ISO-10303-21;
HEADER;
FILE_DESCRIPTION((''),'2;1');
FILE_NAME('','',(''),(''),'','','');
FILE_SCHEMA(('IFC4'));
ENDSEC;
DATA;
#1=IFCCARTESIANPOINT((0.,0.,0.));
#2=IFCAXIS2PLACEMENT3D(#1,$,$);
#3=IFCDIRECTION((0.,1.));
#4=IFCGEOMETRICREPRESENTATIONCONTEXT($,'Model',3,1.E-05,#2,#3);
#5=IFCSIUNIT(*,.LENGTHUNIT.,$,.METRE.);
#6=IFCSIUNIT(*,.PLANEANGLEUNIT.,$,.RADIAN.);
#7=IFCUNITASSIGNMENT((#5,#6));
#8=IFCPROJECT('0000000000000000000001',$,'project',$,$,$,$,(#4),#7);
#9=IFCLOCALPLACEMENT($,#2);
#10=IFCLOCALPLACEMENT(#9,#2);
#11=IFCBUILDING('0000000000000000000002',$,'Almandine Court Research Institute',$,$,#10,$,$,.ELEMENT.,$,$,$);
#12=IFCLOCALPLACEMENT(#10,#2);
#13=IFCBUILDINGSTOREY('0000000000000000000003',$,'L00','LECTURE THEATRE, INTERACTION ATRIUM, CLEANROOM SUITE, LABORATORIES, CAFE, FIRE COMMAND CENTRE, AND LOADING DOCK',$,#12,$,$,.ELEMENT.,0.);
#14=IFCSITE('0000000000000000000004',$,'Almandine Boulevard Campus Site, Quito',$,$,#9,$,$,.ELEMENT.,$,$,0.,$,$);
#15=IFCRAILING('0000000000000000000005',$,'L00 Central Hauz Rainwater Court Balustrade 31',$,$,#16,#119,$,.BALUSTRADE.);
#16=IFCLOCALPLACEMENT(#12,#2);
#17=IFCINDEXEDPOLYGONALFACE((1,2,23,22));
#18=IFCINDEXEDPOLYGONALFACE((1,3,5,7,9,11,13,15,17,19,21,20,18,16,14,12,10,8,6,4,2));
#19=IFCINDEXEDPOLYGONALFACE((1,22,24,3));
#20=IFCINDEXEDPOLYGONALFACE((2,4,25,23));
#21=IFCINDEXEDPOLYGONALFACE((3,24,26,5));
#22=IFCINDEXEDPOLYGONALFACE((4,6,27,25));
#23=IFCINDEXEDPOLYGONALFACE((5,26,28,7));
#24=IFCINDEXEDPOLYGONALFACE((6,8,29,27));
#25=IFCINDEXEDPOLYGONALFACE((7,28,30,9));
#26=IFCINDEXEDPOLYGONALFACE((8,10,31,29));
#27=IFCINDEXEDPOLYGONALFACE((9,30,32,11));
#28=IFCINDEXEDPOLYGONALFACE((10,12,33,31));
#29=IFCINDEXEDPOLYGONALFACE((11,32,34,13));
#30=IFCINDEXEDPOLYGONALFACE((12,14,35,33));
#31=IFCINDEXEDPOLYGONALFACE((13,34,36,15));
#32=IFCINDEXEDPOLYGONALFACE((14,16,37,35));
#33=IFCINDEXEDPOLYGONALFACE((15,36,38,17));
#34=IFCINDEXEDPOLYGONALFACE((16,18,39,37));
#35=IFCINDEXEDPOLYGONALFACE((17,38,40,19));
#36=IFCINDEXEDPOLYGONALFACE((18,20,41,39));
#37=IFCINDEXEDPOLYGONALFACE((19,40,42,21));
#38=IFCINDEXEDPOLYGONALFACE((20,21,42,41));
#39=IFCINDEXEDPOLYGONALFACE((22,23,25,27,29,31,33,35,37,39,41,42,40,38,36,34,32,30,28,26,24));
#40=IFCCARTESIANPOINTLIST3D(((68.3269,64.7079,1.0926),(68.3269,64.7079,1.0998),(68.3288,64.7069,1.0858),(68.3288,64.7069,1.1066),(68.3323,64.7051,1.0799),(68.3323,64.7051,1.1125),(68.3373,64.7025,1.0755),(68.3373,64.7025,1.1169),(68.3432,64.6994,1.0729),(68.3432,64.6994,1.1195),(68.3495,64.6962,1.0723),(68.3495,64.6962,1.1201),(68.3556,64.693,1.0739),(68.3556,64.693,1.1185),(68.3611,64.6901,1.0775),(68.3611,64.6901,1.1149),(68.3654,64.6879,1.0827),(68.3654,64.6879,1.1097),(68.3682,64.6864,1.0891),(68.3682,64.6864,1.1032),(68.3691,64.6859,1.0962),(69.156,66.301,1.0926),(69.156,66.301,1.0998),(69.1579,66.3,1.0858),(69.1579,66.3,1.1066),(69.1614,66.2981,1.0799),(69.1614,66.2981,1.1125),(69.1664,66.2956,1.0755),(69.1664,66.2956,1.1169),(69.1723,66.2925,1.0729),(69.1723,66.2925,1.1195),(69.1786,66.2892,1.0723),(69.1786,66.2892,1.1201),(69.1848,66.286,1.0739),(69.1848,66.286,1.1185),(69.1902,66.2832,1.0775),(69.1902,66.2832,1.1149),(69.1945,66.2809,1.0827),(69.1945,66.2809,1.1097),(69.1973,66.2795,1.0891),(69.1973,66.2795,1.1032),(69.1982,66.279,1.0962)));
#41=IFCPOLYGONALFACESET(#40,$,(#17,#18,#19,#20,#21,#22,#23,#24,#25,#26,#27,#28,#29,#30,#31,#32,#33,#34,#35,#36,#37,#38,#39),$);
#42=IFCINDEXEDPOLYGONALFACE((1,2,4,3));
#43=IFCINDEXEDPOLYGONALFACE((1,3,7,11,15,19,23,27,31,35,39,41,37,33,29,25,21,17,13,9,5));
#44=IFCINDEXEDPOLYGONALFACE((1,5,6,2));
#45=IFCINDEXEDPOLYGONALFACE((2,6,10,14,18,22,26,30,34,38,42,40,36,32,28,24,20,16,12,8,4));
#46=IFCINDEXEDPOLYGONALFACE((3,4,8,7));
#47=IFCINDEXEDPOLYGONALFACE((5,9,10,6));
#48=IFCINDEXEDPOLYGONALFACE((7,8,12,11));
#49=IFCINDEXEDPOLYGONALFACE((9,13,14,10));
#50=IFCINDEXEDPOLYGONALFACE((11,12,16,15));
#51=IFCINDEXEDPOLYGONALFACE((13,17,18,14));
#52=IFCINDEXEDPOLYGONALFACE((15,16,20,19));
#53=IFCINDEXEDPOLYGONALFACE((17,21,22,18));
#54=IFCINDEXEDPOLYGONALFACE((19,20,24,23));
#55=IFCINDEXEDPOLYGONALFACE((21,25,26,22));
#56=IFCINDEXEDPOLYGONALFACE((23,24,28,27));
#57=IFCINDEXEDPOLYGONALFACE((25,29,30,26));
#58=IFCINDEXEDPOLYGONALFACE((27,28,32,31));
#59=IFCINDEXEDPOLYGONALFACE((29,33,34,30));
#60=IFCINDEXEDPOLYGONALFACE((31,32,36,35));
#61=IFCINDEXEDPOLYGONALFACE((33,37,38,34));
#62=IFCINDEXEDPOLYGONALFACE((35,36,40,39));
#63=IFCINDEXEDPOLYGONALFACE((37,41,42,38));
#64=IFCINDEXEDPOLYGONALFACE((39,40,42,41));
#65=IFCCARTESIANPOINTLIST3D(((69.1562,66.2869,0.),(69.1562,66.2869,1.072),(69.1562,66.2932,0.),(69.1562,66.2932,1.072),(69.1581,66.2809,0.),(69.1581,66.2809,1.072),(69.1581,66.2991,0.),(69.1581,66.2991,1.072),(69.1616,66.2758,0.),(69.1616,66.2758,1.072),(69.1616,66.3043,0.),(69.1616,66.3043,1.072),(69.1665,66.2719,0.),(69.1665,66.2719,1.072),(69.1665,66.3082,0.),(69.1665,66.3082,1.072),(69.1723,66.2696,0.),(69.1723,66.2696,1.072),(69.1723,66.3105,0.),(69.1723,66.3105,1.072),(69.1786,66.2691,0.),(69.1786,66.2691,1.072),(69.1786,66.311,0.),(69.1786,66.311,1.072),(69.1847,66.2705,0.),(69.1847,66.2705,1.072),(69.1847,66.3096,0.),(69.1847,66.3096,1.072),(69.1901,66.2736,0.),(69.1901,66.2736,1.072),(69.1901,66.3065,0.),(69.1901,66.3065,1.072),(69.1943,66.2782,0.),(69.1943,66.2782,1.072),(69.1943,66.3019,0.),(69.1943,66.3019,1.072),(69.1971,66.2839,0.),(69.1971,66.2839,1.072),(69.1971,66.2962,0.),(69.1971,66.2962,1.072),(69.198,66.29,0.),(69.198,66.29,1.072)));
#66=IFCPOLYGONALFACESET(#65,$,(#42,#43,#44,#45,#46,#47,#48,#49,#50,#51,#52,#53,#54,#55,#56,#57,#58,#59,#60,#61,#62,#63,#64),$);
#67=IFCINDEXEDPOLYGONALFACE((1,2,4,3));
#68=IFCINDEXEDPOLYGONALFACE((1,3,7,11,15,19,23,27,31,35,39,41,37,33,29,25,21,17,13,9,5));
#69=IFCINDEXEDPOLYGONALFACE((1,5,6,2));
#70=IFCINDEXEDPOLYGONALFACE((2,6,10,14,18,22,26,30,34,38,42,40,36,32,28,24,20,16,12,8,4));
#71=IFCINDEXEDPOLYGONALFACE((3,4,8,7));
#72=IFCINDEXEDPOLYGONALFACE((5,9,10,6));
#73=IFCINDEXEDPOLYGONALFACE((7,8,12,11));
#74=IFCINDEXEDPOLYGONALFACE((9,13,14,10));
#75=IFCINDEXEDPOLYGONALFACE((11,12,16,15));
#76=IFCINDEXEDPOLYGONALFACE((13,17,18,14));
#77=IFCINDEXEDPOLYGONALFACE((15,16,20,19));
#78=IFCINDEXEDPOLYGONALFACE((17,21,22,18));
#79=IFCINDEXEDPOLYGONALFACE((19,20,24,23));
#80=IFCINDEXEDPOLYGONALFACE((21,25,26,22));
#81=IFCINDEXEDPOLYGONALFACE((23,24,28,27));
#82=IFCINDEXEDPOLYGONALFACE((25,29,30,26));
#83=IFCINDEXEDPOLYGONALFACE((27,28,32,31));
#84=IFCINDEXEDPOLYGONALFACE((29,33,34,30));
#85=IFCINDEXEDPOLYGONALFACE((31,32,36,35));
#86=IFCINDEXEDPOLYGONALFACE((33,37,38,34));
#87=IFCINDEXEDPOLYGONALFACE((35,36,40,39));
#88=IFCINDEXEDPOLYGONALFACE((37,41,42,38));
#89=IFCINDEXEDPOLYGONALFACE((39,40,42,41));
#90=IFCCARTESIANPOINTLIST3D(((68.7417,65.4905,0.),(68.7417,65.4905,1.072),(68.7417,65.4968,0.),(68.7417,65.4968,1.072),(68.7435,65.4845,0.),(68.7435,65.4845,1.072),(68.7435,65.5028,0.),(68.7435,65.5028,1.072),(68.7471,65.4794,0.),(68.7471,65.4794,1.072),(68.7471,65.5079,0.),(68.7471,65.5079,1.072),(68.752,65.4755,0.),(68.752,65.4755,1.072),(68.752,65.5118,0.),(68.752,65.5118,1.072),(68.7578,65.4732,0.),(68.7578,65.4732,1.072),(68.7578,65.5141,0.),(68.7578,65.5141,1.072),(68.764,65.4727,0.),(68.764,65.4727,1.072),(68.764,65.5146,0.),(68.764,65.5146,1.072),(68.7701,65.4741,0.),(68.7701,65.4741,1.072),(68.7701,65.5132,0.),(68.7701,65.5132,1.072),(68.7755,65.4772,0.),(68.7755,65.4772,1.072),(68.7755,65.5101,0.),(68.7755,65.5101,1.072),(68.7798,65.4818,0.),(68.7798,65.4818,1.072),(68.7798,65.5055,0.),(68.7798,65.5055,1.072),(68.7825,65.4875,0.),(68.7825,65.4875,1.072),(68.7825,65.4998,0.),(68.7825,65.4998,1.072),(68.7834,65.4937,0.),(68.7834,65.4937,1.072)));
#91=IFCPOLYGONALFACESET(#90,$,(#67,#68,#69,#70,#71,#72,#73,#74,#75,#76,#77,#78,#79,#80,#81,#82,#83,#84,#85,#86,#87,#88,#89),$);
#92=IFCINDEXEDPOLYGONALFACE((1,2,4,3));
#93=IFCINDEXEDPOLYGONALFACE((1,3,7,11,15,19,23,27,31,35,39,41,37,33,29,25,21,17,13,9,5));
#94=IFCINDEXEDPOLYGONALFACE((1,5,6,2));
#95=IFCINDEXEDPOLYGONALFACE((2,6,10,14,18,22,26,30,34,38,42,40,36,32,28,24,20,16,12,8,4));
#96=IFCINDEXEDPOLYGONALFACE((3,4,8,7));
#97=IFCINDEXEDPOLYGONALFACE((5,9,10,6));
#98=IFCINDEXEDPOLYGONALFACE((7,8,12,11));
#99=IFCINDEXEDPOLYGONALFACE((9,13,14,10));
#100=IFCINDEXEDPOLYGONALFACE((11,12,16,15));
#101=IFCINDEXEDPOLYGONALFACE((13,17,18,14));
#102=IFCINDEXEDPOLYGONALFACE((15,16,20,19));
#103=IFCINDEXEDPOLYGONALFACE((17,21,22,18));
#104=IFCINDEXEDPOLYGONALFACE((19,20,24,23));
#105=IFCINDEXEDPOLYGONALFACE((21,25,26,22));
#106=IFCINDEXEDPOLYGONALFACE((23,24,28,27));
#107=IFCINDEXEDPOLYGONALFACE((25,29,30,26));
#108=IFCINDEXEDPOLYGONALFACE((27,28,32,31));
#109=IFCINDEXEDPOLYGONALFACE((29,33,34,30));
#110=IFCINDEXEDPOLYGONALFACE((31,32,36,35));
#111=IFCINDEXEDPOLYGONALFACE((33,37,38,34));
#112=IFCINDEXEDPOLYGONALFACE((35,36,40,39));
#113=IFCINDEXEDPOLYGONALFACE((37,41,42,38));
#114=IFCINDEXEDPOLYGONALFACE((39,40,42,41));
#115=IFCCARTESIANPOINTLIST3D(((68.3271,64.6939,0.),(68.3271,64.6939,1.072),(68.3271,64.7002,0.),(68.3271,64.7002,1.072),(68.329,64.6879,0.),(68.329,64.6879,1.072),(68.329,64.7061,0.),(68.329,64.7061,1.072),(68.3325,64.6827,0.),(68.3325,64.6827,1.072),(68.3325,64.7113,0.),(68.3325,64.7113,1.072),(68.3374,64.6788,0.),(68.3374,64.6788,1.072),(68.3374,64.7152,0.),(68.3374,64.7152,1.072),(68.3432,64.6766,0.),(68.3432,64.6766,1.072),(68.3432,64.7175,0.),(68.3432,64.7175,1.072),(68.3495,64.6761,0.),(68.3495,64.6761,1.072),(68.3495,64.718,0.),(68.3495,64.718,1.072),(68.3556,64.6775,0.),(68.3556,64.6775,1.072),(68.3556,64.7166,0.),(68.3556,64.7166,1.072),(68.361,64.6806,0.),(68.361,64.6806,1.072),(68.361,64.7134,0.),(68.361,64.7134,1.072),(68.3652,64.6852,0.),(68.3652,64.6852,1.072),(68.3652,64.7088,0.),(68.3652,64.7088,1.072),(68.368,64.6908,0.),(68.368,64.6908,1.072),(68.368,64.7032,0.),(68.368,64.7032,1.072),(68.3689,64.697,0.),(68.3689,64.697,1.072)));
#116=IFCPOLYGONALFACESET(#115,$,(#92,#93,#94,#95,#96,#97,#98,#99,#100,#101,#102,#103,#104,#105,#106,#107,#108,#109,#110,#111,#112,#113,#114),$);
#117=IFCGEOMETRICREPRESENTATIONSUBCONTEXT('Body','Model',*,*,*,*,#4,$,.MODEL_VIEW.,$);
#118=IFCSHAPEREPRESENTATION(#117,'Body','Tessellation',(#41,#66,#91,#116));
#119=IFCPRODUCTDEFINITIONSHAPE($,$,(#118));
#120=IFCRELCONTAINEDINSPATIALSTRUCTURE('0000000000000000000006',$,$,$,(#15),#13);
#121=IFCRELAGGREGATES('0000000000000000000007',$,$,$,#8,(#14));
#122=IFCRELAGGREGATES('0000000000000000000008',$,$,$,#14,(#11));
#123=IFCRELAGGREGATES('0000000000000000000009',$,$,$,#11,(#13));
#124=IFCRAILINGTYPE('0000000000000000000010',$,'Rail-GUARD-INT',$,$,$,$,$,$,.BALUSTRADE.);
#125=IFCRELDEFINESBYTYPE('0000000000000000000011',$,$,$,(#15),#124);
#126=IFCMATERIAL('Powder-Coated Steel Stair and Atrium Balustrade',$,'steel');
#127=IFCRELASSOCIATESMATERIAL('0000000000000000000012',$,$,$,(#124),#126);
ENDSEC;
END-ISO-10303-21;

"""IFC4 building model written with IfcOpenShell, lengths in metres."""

from ifc_helpers import new_model, si_unit, direction, frame, origin, origin_2d, place, context, subcontext, project, spatial, circle, extrude, material, type_object, element, save


model = new_model("IFC4")

# Units and contexts
model_context = context("Model", 3, precision=1e-05, world=origin(), true_north=direction((0.0, 1.0)))
body_context = subcontext(model_context, "Body", "Model", "MODEL_VIEW")
ifc_project = project(units=[si_unit("LENGTHUNIT", "METRE"), si_unit("PLANEANGLEUNIT", "RADIAN")], contexts=[model_context])

# Site, building, storey
site_placement = place(None, origin())
site = spatial("IfcSite", under=ifc_project, at=site_placement, Name="Almandine Boulevard Campus Site, Quito", CompositionType="ELEMENT", RefElevation=0.0)
building_placement = place(site_placement, origin())
building = spatial("IfcBuilding", under=site, at=building_placement, Name="Almandine Court Research Institute", CompositionType="ELEMENT")
storey_placement = place(building_placement, origin())
storey = spatial("IfcBuildingStorey", under=building, at=storey_placement, Name="L00", Description="LECTURE THEATRE, INTERACTION ATRIUM, CLEANROOM SUITE, LABORATORIES, CAFE, FIRE COMMAND CENTRE, AND LOADING DOCK", CompositionType="ELEMENT", Elevation=0.0)

# Railing
ifc_material_1 = material(Name="Powder-Coated Steel Stair and Atrium Balustrade", Category="steel")
railing_type = type_object("IfcRailingType", Name="Rail-GUARD-INT", PredefinedType="BALUSTRADE", material=ifc_material_1)
railing_1_placement = place(storey_placement, frame((69.177, 66.29, 0.0)))
element("IfcRailing", 1, at=railing_1_placement, inside=storey, type_object=railing_type, Name="L00 Central Hauz Rainwater Court Balustrade 31", PredefinedType="BALUSTRADE", context=body_context, shape_type="SweptSolid", body=[
    extrude(circle(Radius=0.0239, at=origin_2d()), frame((0.0, 0.0, 1.0962), z_axis=(-0.461674, -0.88705, 0.0), x_axis=(0.88705, -0.461674, 0.0)), (0.0, 0.0, 1.0), 1.7959),
    extrude(circle(Radius=0.021, at=origin_2d()), origin(), (0.0, 0.0, 1.0), 1.072),
    extrude(circle(Radius=0.021, at=origin_2d()), frame((-0.4146, -0.7964, 0.0)), (0.0, 0.0, 1.0), 1.072),
    extrude(circle(Radius=0.021, at=origin_2d()), frame((-0.8291, -1.593, 0.0)), (0.0, 0.0, 1.0), 1.072),
])

save(model, "model.ifc")
